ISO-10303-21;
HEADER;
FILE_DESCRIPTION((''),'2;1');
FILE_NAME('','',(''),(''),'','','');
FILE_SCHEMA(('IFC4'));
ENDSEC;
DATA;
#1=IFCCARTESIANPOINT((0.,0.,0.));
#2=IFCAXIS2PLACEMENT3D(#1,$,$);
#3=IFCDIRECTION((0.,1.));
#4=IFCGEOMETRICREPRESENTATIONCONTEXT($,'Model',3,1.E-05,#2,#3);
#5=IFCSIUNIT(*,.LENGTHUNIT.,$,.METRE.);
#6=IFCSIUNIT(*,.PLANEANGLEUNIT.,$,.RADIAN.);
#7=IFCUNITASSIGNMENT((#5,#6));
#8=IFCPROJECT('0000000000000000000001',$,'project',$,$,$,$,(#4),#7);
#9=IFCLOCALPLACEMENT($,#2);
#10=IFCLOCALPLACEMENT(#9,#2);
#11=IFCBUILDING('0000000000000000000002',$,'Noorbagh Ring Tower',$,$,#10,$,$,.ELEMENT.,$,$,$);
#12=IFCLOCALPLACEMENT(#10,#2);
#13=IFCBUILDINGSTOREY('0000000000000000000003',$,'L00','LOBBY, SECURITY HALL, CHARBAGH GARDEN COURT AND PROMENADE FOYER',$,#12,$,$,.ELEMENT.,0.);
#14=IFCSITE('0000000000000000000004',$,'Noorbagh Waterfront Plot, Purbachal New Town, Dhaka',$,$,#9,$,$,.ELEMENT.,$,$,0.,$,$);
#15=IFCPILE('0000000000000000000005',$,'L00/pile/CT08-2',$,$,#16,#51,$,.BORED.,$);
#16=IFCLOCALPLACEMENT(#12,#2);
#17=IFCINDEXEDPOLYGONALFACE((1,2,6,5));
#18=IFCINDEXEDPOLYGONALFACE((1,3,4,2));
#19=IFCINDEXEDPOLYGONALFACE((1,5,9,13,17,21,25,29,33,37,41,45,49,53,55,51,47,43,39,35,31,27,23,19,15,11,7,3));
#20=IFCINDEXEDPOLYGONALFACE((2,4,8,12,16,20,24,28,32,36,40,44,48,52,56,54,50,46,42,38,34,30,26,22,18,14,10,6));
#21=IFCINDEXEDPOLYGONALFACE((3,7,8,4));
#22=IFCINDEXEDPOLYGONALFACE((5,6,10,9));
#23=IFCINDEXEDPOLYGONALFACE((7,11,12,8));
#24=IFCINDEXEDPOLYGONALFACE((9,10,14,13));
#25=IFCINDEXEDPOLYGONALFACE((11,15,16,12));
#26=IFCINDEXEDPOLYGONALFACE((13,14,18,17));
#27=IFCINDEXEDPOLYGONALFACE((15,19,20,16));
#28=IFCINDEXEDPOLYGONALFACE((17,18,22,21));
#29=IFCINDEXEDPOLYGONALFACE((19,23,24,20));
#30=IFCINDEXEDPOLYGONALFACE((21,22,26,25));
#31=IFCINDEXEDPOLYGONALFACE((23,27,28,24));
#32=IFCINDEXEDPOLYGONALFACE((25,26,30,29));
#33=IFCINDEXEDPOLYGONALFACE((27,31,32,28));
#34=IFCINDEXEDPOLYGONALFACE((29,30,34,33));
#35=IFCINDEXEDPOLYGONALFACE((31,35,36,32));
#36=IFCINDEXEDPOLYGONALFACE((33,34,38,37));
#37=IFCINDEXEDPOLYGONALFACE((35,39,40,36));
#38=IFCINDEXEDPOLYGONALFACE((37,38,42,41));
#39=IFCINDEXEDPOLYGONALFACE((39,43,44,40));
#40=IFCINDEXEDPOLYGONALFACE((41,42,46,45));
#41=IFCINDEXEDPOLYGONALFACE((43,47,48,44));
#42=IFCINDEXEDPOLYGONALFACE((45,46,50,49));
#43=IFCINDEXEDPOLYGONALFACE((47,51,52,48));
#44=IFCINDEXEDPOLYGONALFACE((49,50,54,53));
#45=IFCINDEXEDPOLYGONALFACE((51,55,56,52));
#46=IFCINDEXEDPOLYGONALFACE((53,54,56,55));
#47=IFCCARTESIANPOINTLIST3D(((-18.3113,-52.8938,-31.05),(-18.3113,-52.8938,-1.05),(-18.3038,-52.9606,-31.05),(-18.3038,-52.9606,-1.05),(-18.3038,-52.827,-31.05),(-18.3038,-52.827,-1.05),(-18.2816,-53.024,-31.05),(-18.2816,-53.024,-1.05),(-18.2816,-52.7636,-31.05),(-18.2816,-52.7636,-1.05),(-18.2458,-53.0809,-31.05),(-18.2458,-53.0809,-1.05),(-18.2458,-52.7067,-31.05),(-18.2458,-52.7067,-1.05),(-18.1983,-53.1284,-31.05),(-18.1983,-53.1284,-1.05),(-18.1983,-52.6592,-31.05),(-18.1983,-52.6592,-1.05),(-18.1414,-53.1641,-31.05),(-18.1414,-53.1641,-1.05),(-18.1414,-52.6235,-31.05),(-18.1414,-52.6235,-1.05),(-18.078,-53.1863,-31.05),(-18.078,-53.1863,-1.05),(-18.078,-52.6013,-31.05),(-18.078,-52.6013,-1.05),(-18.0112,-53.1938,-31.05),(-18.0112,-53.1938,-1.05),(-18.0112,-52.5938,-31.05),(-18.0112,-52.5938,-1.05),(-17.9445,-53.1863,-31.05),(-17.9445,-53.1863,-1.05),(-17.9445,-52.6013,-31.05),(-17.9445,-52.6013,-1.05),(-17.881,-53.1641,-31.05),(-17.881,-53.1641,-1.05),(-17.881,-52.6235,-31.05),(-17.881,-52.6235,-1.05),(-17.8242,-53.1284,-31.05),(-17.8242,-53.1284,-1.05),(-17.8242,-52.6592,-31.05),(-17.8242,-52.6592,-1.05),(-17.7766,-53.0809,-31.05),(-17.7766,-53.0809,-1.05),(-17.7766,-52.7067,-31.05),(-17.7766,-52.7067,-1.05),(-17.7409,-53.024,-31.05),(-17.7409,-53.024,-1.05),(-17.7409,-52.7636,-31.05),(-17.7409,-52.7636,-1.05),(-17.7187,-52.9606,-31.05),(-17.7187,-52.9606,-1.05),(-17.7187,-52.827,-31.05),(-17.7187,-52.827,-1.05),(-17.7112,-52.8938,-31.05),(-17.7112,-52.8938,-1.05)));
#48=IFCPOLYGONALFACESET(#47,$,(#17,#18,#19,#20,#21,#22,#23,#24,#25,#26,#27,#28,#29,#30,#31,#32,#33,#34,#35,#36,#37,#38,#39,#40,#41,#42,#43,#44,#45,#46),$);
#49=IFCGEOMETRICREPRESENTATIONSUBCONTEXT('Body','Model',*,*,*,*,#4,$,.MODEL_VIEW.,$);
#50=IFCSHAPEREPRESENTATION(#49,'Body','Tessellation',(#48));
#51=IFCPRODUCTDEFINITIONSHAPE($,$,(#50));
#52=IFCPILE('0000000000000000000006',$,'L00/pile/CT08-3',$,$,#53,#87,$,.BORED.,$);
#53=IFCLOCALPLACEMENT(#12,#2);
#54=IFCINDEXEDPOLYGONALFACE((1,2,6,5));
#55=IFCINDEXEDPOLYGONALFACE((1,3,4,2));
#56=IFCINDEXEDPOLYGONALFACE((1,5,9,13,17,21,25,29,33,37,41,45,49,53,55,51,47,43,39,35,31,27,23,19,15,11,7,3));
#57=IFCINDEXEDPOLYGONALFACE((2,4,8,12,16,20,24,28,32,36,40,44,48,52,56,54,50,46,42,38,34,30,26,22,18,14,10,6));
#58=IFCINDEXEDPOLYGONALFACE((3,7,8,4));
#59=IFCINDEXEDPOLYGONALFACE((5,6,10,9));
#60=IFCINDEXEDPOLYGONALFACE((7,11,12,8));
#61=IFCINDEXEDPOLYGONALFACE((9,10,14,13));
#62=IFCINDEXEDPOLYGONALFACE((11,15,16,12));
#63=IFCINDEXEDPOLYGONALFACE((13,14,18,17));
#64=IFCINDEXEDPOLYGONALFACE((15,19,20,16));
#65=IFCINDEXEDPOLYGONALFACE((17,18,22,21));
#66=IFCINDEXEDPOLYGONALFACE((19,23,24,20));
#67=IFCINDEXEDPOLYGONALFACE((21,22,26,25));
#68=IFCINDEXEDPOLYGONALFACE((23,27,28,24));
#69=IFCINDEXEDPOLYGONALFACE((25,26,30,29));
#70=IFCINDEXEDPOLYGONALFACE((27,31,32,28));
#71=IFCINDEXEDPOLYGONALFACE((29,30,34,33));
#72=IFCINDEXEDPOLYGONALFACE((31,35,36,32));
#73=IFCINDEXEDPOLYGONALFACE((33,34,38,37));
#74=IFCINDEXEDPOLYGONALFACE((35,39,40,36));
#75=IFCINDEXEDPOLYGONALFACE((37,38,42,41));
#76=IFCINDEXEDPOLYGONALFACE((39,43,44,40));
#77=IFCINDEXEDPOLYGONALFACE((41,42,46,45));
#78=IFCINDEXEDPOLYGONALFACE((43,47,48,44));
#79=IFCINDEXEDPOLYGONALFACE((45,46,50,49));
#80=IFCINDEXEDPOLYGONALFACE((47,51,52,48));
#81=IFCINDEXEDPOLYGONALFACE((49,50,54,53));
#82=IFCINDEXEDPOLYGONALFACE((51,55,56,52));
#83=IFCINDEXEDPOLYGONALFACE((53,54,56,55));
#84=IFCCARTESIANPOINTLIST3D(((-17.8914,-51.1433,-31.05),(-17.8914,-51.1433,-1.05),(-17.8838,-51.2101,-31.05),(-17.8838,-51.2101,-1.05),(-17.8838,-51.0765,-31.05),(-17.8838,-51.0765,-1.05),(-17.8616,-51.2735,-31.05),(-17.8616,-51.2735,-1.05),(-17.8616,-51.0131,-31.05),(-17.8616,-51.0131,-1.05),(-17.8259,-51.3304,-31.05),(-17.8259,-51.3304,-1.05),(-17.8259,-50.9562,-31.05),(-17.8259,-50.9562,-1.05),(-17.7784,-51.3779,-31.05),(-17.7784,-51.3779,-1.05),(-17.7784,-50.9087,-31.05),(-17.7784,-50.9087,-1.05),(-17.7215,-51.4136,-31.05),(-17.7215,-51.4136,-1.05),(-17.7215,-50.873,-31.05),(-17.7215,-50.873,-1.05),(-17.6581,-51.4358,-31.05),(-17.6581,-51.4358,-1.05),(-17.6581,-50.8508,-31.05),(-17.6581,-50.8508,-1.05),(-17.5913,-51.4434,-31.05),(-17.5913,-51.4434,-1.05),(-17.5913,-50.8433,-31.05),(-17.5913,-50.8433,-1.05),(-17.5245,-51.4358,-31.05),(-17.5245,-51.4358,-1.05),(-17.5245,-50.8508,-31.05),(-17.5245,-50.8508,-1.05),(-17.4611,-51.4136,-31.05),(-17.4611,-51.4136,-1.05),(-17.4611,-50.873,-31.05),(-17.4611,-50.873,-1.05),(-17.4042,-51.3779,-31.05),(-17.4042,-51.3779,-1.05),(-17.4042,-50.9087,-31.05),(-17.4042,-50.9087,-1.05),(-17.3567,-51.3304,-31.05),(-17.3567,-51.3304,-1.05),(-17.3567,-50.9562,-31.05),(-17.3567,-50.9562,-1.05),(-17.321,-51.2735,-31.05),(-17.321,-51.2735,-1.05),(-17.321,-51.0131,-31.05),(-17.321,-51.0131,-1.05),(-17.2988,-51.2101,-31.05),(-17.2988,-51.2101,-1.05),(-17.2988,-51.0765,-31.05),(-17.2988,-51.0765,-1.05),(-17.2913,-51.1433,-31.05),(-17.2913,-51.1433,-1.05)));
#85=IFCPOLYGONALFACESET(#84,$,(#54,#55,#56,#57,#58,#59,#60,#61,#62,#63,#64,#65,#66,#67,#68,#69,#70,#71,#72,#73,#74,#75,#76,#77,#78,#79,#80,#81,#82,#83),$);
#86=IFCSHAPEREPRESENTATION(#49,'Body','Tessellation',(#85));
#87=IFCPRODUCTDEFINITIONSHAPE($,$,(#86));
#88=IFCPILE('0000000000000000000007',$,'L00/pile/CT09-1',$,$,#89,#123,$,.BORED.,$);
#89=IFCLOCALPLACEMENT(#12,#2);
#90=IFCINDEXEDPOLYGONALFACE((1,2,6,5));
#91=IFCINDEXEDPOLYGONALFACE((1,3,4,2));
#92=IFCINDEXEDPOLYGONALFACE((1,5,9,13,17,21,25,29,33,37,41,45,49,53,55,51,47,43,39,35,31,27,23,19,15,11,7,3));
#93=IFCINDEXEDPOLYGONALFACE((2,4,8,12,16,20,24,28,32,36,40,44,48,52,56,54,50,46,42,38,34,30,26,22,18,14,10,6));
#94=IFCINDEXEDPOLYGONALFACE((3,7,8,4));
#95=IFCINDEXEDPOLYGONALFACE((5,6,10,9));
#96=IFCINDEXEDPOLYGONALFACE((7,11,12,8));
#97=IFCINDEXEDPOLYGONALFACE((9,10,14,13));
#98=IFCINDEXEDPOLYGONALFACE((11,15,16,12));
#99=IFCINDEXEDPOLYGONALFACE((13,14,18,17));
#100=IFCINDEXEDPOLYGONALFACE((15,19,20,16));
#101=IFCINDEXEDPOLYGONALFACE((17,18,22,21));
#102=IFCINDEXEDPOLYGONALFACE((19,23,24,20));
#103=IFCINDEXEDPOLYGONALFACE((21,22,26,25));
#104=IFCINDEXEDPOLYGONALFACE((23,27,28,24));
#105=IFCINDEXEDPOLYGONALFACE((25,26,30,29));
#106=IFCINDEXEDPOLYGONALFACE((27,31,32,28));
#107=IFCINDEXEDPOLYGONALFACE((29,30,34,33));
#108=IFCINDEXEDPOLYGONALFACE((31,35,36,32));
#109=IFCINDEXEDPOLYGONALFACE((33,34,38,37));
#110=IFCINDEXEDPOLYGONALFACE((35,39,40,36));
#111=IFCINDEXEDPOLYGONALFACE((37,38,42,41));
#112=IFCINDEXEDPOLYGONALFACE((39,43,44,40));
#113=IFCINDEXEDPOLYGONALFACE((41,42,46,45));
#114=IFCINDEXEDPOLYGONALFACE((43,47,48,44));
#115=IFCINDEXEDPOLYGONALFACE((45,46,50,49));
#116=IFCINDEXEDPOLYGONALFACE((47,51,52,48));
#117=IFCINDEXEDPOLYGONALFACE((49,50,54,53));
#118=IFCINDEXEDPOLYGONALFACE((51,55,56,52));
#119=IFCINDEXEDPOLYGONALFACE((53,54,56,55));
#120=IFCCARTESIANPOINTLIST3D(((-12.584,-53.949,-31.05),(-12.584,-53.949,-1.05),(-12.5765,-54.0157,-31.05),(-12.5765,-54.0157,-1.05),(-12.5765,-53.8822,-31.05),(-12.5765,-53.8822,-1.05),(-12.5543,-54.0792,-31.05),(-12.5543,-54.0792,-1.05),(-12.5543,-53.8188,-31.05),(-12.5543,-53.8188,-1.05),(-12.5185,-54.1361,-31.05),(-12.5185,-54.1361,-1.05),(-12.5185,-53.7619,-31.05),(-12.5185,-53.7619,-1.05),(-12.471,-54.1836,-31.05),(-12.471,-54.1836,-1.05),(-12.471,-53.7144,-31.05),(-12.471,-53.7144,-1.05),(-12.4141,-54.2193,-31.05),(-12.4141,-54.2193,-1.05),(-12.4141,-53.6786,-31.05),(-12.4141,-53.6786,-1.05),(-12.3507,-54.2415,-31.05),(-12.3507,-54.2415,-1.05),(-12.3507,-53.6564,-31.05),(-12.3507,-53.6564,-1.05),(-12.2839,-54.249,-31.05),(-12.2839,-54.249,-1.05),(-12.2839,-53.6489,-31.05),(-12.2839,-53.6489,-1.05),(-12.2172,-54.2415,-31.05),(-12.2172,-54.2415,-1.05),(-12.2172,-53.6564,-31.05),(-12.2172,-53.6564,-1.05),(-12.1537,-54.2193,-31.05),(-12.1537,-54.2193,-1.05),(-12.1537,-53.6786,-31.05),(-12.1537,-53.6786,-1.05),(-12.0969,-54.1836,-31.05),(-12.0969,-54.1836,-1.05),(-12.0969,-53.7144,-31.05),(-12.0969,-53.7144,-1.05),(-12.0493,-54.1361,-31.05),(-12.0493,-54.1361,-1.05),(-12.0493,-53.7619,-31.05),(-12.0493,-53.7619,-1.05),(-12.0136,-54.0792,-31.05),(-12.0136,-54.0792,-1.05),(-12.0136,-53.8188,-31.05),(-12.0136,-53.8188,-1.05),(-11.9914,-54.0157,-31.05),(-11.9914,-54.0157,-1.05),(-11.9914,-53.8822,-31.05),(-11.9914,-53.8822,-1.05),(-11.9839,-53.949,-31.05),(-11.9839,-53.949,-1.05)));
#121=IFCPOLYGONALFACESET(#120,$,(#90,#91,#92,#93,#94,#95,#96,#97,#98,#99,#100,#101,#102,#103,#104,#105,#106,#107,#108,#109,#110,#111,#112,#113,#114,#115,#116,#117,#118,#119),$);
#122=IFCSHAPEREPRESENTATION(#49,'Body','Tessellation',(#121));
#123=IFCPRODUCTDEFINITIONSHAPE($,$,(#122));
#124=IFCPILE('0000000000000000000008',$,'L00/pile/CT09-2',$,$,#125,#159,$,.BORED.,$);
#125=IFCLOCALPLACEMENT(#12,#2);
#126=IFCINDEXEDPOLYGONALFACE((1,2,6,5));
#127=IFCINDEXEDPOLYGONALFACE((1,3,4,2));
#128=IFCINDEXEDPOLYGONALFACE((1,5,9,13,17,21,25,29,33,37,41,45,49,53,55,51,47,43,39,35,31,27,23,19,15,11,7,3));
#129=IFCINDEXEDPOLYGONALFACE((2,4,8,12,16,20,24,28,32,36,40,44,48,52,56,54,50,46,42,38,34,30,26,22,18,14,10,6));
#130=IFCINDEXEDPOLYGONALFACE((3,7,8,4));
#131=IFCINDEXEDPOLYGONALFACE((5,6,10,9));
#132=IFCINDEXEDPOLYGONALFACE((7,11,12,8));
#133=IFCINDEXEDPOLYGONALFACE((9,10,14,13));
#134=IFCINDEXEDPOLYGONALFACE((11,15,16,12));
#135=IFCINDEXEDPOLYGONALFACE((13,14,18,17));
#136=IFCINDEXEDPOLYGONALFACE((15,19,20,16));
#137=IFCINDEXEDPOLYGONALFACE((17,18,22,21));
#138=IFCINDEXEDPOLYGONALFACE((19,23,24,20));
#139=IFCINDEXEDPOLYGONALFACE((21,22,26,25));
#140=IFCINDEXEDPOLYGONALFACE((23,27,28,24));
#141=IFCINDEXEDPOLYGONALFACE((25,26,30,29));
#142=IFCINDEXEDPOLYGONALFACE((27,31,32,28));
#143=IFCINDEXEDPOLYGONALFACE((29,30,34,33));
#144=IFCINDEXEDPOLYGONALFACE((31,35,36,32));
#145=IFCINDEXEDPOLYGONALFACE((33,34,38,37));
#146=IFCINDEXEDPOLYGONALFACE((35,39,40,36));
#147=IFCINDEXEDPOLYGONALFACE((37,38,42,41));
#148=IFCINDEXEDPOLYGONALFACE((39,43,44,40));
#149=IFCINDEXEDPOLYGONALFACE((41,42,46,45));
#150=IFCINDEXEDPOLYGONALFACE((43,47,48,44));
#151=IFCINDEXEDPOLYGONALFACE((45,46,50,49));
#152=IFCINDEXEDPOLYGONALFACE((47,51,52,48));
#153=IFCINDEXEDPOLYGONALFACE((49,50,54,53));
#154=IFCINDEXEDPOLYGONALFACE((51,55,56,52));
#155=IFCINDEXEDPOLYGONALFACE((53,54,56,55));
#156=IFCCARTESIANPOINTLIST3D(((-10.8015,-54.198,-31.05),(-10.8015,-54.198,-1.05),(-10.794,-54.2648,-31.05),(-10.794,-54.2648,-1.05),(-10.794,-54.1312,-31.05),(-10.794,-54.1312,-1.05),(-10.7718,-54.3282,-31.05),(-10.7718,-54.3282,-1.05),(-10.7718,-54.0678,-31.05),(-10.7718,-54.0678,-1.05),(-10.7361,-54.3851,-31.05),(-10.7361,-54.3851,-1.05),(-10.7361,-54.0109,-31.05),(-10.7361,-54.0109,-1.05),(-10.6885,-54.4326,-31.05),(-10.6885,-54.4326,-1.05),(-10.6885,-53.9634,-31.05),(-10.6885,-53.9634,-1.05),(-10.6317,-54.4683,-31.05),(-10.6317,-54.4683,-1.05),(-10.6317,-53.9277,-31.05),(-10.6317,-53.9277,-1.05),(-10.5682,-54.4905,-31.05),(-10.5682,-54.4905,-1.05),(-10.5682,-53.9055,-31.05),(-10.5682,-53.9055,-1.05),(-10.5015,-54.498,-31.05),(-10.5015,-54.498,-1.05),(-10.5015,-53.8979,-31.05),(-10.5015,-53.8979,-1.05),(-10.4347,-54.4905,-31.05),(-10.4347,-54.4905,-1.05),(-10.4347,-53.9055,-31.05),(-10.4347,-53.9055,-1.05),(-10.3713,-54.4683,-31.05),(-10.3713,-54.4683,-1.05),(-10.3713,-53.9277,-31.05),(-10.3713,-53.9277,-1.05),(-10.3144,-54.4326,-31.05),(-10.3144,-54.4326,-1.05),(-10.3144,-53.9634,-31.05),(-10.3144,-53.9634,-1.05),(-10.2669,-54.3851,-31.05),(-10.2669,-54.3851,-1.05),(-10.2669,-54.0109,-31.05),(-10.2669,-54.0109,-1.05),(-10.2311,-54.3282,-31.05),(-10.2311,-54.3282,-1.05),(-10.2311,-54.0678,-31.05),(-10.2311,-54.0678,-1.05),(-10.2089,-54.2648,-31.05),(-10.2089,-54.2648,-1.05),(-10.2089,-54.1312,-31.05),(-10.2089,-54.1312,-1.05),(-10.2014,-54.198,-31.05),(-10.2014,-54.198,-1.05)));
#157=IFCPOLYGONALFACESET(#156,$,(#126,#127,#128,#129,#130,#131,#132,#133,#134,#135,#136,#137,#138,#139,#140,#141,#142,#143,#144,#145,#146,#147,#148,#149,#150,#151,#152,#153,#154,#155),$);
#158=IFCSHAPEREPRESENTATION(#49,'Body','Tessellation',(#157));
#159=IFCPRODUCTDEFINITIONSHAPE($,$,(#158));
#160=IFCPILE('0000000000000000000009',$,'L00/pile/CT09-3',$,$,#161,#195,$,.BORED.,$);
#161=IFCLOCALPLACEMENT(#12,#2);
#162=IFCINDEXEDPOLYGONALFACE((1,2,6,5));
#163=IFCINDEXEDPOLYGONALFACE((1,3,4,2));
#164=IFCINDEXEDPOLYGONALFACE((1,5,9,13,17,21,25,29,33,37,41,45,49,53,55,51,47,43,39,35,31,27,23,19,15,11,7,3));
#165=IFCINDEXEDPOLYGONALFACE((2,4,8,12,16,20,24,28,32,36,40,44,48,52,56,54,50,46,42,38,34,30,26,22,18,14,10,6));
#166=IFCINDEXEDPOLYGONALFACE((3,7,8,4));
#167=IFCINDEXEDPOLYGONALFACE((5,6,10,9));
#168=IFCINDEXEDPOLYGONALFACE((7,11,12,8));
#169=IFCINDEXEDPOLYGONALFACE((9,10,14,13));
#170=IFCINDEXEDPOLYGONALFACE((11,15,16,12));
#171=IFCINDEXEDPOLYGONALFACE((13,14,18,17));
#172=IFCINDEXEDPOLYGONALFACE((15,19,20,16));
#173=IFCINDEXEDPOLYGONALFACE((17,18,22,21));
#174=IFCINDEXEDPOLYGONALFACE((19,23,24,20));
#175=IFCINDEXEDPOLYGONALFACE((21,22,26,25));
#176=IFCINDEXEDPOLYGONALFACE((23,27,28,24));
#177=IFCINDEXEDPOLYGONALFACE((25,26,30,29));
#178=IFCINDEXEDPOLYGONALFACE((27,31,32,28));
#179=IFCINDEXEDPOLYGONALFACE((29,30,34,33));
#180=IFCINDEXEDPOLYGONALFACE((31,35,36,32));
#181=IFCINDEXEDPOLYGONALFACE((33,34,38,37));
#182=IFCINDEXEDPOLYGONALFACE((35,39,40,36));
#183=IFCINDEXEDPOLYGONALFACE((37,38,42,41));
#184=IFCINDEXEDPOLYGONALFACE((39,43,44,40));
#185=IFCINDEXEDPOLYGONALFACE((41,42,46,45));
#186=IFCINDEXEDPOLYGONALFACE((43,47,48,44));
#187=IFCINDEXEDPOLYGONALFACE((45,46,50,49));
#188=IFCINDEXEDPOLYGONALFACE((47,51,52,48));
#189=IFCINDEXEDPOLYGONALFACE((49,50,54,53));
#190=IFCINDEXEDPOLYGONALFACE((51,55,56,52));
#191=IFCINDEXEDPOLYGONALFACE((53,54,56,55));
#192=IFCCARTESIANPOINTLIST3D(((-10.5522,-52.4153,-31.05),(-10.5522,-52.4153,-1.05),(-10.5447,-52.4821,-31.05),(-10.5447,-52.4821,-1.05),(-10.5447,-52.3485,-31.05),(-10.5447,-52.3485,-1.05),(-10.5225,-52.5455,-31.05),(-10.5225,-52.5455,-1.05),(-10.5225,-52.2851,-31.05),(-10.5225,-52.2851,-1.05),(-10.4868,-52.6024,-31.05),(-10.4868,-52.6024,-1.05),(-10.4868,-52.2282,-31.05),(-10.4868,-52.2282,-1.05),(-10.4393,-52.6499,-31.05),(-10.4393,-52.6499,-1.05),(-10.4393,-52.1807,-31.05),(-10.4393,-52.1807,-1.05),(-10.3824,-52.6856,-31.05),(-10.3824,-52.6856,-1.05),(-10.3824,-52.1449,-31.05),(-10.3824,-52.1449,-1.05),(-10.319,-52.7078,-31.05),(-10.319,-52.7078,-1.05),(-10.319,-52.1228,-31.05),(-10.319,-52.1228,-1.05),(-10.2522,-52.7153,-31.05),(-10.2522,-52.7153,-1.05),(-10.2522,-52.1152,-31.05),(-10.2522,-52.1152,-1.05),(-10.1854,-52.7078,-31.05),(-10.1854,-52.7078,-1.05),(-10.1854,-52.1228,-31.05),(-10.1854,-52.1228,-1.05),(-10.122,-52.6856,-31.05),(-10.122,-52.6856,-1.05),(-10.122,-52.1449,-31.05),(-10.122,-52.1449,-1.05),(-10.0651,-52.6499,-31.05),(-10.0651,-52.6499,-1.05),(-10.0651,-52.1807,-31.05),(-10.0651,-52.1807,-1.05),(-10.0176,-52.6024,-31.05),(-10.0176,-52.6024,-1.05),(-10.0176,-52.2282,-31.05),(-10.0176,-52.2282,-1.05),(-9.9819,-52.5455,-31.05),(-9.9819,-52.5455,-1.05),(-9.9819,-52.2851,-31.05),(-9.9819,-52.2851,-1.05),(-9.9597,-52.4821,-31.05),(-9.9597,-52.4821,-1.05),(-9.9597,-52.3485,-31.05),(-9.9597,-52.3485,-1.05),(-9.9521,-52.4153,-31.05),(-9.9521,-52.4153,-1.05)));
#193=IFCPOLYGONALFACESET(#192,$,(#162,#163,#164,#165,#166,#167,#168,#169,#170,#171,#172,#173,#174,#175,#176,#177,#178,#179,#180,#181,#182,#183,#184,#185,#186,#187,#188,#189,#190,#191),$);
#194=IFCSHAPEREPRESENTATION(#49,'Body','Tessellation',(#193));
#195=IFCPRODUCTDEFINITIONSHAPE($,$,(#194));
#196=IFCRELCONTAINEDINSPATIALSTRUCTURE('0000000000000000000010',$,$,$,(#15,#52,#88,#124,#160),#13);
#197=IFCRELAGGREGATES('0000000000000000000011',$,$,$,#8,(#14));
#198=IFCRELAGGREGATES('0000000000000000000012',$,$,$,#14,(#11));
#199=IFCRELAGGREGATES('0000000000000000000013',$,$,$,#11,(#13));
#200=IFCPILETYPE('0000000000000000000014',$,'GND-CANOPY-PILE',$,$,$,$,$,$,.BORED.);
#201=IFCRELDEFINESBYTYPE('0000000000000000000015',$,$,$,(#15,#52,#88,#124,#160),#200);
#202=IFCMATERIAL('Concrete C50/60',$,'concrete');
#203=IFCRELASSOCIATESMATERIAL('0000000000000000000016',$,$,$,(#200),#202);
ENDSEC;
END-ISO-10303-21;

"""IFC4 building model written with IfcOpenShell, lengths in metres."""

from ifc_helpers import new_model, si_unit, direction, frame, origin, origin_2d, place, context, subcontext, project, spatial, circle, extrude, material, material_profile, profile_set, type_object, element, save


model = new_model("IFC4")

# Units and contexts
model_context = context("Model", 3, precision=1e-05, world=origin(), true_north=direction((0.0, 1.0)))
body_context = subcontext(model_context, "Body", "Model", "MODEL_VIEW")
ifc_project = project(units=[si_unit("LENGTHUNIT", "METRE"), si_unit("PLANEANGLEUNIT", "RADIAN")], contexts=[model_context])

# Site, building, storey
site_placement = place(None, origin())
site = spatial("IfcSite", under=ifc_project, at=site_placement, Name="Noorbagh Waterfront Plot, Purbachal New Town, Dhaka", CompositionType="ELEMENT", RefElevation=0.0)
building_placement = place(site_placement, origin())
building = spatial("IfcBuilding", under=site, at=building_placement, Name="Noorbagh Ring Tower", CompositionType="ELEMENT")
storey_placement = place(building_placement, origin())
storey = spatial("IfcBuildingStorey", under=building, at=storey_placement, Name="L00", Description="LOBBY, SECURITY HALL, CHARBAGH GARDEN COURT AND PROMENADE FOYER", CompositionType="ELEMENT", Elevation=0.0)

# Piles
ifc_material_1 = material(Name="Concrete C50/60", Category="concrete")
ifc_material_profile_1 = material_profile(ifc_material_1, circle(Radius=0.3, at=origin_2d()), Name="PILE600")
ifc_profile_set_1 = profile_set([ifc_material_profile_1], Name="Concrete C50/60")
pile_type = type_object("IfcPileType", Name="GND-CANOPY-PILE", PredefinedType="BORED", material=ifc_profile_set_1)
for number, where, z_axis, x_axis, name in (
    (1, (-18.0112, -52.8938, -1.05), (0.0, 0.0, -1.0), (1.0, 0.0, 0.0), "L00/pile/CT08-2"),
    (2, (-17.5913, -51.1433, -1.05), (0.0, 0.0, -1.0), (1.0, 0.0, 0.0), "L00/pile/CT08-3"),
    (3, (-12.2839, -53.949, -1.05), (0.0, 0.0, -1.0), (1.0, 0.0, 0.0), "L00/pile/CT09-1"),
    (4, (-10.5015, -54.198, -1.05), (0.0, 0.0, -1.0), (1.0, 0.0, 0.0), "L00/pile/CT09-2"),
    (5, (-10.2522, -52.4153, -1.05), (0.0, 0.0, -1.0), (1.0, 0.0, 0.0), "L00/pile/CT09-3"),
):
    element("IfcPile", number, at=place(storey_placement, frame(where, z_axis=z_axis, x_axis=x_axis)), inside=storey, type_object=pile_type, Name=name, PredefinedType="BORED", context=body_context, shape_type="SweptSolid", body=[
        extrude(circle(Radius=0.3, at=origin_2d()), origin(), (0.0, 0.0, 1.0), 30.0),
    ])

save(model, "model.ifc")
